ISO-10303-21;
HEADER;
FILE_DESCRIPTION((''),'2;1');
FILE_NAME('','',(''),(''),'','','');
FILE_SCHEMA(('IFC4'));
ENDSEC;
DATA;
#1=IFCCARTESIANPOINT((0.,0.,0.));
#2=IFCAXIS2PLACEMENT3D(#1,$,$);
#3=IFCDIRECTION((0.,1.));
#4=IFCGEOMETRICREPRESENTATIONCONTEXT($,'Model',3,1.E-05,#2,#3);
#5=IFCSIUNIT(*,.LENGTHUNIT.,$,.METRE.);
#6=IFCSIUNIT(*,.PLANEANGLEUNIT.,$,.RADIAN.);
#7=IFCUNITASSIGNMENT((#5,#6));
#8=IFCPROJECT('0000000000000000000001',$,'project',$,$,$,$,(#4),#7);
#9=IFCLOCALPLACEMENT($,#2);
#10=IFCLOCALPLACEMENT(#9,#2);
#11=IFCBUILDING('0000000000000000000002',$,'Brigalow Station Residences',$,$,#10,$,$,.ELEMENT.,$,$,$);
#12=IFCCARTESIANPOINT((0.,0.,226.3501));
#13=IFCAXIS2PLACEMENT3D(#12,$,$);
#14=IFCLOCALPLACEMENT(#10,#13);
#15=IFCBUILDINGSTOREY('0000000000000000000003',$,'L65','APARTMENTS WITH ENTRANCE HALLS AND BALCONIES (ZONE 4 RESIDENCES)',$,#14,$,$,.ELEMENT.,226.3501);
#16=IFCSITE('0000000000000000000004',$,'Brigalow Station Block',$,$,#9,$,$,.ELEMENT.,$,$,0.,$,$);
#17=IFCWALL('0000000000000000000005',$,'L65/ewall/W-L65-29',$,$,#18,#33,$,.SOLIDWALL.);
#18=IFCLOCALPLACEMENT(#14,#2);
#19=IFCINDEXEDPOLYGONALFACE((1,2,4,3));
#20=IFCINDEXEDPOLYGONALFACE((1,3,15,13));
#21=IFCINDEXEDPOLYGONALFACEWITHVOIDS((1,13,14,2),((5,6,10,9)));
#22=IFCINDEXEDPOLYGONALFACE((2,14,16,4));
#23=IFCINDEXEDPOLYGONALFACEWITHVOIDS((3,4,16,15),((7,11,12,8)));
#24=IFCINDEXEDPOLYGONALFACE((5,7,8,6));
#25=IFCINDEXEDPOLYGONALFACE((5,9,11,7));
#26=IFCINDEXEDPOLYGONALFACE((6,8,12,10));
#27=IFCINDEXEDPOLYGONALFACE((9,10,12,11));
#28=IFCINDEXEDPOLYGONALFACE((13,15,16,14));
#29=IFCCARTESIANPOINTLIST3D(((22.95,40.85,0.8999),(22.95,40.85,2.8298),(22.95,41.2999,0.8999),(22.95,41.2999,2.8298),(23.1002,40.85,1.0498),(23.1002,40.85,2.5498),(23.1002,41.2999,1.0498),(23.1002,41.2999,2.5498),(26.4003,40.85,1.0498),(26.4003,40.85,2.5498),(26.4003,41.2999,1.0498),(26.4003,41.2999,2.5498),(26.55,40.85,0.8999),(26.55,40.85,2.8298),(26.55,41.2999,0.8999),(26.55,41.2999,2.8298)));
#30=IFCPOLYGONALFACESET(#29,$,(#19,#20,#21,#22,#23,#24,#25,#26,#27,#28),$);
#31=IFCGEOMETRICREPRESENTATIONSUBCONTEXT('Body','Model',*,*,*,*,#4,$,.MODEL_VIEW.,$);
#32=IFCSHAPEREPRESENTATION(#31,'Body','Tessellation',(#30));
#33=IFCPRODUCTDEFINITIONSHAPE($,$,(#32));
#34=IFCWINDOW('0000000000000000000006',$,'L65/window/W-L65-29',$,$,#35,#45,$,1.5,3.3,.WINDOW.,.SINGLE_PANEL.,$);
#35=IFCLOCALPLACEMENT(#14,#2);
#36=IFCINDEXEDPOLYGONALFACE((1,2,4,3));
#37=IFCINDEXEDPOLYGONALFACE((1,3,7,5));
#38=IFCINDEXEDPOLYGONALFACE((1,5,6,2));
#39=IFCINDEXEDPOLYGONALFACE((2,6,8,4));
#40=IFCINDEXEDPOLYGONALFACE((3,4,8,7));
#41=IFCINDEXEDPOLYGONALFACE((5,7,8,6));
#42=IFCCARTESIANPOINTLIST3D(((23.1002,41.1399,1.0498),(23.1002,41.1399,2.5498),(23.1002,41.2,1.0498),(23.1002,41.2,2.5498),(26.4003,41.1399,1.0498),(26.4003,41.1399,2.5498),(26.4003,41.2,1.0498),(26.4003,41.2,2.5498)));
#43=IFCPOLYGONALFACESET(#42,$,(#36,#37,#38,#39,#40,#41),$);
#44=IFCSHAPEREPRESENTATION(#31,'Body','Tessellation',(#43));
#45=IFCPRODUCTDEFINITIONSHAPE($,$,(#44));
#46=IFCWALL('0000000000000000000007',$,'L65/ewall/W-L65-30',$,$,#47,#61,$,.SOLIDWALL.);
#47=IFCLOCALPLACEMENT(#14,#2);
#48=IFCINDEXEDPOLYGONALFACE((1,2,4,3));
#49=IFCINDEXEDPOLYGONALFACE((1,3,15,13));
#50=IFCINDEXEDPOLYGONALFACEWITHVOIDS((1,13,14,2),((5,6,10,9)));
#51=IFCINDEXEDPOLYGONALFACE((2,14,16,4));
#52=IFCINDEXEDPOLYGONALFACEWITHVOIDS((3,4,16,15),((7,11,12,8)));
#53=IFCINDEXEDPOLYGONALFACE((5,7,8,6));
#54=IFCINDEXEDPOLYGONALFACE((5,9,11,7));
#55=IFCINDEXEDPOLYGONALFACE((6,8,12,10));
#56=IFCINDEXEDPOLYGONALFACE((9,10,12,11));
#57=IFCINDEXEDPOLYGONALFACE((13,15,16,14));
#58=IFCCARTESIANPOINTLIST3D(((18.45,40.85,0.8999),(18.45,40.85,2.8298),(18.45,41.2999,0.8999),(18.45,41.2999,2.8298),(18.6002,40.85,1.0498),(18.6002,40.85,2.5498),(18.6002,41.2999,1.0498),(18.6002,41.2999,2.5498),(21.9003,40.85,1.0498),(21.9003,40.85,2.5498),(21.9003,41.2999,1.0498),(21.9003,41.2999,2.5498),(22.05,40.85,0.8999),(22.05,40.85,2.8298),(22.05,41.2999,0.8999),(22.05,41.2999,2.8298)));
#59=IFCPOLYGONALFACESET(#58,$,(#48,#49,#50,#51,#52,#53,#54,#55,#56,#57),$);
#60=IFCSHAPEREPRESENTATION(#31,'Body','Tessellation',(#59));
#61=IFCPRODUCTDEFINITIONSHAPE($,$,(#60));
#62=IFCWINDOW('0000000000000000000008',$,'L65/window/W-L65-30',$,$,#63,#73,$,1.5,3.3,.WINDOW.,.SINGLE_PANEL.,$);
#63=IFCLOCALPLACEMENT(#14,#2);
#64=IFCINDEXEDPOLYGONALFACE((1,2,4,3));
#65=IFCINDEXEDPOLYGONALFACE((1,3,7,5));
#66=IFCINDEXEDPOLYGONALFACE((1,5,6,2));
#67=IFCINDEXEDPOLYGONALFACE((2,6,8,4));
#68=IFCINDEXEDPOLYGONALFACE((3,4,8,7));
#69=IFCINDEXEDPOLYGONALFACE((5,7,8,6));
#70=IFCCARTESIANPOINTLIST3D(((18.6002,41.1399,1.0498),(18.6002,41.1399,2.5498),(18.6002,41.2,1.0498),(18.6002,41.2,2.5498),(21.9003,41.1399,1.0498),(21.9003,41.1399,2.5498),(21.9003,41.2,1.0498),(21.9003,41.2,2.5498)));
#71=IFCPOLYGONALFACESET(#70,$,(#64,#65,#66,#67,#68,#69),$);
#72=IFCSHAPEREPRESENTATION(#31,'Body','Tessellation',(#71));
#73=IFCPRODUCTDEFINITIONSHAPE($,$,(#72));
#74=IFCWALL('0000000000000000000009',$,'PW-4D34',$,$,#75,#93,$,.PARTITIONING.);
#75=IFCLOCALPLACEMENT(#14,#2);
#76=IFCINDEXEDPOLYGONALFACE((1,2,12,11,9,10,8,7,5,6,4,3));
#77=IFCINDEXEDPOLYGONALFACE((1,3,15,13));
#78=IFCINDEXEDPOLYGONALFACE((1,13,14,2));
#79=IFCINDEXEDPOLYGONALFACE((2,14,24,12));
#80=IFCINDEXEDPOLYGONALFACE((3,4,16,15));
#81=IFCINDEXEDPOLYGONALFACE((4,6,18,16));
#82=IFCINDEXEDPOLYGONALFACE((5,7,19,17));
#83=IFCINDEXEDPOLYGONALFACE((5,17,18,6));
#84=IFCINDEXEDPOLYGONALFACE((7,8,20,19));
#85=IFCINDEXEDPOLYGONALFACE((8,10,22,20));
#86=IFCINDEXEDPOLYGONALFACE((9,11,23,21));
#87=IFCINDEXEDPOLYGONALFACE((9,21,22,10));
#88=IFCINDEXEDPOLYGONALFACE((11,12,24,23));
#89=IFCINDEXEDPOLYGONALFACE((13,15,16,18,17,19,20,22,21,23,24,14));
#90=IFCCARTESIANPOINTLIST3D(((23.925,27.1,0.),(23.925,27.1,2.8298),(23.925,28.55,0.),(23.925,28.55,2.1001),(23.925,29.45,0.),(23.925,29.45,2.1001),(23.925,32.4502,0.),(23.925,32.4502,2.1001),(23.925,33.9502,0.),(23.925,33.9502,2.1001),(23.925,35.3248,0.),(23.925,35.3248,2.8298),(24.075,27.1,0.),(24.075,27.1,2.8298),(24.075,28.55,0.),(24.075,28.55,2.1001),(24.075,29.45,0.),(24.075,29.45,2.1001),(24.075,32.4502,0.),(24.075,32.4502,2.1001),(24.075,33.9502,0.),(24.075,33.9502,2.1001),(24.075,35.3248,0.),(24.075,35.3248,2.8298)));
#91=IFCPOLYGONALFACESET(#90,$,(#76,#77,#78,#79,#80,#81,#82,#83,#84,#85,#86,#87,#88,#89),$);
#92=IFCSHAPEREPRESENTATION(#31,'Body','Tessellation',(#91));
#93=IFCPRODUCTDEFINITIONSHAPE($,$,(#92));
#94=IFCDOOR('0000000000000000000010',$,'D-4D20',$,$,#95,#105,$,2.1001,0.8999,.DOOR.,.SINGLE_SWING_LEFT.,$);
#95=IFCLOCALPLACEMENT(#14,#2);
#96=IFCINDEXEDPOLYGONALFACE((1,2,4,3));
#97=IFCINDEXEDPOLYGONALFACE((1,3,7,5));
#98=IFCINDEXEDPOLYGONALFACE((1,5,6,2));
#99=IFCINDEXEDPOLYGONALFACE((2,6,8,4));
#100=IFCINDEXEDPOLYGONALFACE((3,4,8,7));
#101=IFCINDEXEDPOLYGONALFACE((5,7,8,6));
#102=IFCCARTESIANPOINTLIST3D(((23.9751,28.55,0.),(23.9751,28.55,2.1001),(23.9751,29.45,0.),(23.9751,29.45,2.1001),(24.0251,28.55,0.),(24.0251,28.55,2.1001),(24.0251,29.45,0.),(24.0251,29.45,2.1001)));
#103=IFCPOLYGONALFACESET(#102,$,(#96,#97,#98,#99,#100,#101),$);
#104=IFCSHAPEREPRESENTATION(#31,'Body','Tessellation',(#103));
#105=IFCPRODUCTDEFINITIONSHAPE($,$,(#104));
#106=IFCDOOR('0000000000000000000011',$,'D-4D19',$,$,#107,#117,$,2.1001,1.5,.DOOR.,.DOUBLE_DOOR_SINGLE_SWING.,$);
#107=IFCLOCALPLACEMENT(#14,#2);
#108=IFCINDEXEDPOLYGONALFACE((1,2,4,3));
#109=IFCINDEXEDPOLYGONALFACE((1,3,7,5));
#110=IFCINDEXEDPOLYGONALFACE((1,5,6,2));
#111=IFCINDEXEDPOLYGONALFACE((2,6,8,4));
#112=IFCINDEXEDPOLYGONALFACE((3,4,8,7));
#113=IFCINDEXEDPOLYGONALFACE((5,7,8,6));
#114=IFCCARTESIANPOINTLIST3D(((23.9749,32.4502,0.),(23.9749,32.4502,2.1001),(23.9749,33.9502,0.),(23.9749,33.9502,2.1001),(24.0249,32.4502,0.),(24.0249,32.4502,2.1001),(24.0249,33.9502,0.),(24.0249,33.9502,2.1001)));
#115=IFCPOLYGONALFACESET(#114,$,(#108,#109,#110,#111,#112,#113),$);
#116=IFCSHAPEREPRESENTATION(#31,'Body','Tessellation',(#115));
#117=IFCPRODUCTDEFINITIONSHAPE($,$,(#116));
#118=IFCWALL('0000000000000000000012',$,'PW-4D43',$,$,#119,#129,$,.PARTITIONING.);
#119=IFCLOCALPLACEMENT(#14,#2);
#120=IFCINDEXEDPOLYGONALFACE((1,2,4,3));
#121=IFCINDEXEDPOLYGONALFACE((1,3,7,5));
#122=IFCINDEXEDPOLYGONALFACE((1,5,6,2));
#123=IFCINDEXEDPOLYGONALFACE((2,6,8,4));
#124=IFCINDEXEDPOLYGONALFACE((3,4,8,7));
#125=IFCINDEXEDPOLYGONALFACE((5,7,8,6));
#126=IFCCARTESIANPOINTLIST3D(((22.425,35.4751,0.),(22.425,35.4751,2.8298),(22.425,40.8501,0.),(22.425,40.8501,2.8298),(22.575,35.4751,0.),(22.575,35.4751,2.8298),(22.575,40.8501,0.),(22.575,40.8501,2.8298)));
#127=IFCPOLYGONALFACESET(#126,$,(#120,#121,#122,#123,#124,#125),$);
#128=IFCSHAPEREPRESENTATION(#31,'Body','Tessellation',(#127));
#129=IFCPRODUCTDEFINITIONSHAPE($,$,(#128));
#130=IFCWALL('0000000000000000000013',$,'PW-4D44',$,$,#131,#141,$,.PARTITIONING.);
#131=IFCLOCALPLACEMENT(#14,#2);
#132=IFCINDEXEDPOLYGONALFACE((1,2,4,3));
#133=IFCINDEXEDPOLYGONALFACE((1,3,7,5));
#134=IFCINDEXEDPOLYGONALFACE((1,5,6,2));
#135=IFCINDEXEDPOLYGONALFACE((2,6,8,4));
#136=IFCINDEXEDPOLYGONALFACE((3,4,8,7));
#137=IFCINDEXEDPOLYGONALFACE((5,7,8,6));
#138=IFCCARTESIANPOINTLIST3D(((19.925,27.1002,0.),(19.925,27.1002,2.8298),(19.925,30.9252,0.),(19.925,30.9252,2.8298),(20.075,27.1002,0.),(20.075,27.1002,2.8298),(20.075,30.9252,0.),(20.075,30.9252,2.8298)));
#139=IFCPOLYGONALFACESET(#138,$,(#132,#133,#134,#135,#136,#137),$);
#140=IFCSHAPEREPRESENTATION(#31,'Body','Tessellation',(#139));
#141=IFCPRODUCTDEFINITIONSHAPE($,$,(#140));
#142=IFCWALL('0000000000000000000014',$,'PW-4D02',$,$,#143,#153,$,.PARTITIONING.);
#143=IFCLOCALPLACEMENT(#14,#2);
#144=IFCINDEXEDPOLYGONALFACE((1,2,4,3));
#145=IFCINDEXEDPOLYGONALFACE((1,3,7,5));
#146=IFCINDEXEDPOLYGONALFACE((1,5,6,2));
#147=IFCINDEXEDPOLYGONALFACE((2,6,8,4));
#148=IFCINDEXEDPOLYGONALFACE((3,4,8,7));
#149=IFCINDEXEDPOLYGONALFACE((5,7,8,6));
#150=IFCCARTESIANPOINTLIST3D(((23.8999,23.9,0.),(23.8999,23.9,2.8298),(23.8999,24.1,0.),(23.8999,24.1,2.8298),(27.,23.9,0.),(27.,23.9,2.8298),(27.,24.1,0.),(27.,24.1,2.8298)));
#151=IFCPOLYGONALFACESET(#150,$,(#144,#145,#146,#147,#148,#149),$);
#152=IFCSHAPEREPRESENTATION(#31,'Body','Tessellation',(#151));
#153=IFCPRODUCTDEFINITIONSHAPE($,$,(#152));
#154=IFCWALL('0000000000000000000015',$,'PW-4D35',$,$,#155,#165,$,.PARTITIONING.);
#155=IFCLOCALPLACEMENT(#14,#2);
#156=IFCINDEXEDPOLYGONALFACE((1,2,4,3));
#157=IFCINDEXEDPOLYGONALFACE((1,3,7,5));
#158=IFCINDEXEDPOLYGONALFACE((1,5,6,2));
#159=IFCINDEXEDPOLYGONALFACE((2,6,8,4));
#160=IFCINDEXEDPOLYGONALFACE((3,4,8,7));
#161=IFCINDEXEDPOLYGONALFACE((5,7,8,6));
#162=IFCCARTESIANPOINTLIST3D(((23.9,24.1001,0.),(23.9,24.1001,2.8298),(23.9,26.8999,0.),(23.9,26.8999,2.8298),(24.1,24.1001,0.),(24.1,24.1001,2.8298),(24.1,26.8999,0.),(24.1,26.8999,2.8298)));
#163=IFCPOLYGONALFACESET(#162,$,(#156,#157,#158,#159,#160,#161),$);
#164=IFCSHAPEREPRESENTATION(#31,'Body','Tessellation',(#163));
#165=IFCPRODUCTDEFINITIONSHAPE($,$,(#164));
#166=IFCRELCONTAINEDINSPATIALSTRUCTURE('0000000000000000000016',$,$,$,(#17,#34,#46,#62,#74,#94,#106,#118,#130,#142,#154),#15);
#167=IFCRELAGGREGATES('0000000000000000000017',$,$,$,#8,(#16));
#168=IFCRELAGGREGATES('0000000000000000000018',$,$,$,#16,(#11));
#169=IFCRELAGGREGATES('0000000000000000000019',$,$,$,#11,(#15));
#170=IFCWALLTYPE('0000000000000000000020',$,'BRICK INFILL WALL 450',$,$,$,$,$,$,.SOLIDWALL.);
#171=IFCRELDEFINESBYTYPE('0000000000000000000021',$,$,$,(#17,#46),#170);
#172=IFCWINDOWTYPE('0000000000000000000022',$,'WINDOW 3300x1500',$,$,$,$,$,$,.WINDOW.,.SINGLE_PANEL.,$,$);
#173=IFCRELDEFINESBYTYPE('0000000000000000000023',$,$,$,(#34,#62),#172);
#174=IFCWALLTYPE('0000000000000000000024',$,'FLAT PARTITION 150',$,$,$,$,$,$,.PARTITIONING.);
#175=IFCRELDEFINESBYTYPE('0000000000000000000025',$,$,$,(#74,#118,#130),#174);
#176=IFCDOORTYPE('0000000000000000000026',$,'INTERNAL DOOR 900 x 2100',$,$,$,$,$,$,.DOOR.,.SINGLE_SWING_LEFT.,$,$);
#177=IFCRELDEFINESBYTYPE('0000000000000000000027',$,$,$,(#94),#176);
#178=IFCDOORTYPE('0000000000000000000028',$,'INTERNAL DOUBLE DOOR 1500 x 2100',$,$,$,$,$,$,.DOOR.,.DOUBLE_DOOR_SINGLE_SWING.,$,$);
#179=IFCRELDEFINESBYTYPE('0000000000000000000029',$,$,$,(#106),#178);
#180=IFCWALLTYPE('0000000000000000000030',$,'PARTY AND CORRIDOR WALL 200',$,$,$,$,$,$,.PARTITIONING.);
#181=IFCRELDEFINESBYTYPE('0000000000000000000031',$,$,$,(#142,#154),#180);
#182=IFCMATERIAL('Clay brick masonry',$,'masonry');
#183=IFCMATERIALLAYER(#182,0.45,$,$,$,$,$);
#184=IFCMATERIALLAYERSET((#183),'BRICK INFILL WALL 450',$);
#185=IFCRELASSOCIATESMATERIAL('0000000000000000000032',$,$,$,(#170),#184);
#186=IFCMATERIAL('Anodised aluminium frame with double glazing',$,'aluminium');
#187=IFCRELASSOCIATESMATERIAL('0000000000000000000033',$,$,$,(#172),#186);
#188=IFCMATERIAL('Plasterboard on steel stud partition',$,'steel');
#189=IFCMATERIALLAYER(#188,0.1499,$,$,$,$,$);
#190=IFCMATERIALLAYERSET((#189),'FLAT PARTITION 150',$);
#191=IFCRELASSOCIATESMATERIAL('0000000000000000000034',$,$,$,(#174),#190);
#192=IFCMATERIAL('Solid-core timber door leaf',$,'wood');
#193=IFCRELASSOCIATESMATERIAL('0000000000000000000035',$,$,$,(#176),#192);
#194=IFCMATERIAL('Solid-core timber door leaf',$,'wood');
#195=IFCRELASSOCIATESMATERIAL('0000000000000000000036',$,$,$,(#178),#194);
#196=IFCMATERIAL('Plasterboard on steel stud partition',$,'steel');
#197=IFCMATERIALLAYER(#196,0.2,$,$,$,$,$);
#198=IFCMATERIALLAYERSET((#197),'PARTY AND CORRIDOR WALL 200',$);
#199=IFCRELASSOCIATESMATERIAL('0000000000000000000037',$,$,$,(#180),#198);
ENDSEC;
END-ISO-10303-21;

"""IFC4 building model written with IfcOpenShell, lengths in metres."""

from ifc_helpers import new_model, si_unit, direction, frame, frame_2d, origin, place, context, subcontext, project, spatial, rectangle, extrude, material, layer, layer_set, type_object, element, fill, save


model = new_model("IFC4")

# Units and contexts
model_context = context("Model", 3, precision=1e-05, world=origin(), true_north=direction((0.0, 1.0)))
body_context = subcontext(model_context, "Body", "Model", "MODEL_VIEW")
ifc_project = project(units=[si_unit("LENGTHUNIT", "METRE"), si_unit("PLANEANGLEUNIT", "RADIAN")], contexts=[model_context])

# Site, building, storey
site_placement = place(None, origin())
site = spatial("IfcSite", under=ifc_project, at=site_placement, Name="Brigalow Station Block", CompositionType="ELEMENT", RefElevation=0.0)
building_placement = place(site_placement, origin())
building = spatial("IfcBuilding", under=site, at=building_placement, Name="Brigalow Station Residences", CompositionType="ELEMENT")
storey_placement = place(building_placement, frame((0.0, 0.0, 226.3501)))
storey = spatial("IfcBuildingStorey", under=building, at=storey_placement, Name="L65", Description="APARTMENTS WITH ENTRANCE HALLS AND BALCONIES (ZONE 4 RESIDENCES)", CompositionType="ELEMENT", Elevation=226.3501)

# Walls, openings, windows
ifc_material_1 = material(Name="Clay brick masonry", Category="masonry")
ifc_layer_1 = layer(ifc_material_1, 0.45)
ifc_layer_set_1 = layer_set([ifc_layer_1], Name="BRICK INFILL WALL 450")
wall_type_1 = type_object("IfcWallType", Name="BRICK INFILL WALL 450", PredefinedType="SOLIDWALL", material=ifc_layer_set_1)
wall_1_placement = place(storey_placement, frame((26.55, 41.075, 0.8999), z_axis=(0.0, 0.0, 1.0), x_axis=(-1.0, 0.0, 0.0)))
wall_1 = element("IfcWall", 1, at=wall_1_placement, inside=storey, type_object=wall_type_1, Name="L65/ewall/W-L65-29", PredefinedType="SOLIDWALL", context=body_context, shape_type="SweptSolid", body=[
    extrude(rectangle(XDim=3.6001, YDim=0.45, at=frame_2d((1.8, 0.0))), origin(), (0.0, 0.0, 1.0), 1.9299),
])
opening_1_placement = place(wall_1_placement, frame((0.1499, 0.0, 0.1499)))
opening_1 = element("IfcOpeningElement", 2, at=opening_1_placement, cuts=wall_1, PredefinedType="OPENING", context=body_context, shape_type="SweptSolid", body=[
    extrude(rectangle(XDim=3.3, YDim=1.5, at=frame_2d((1.6499, 0.75))), frame((0.0, 0.2349, 0.0), z_axis=(0.0, -1.0, 0.0), x_axis=(1.0, 0.0, 0.0)), (0.0, 0.0, 1.0), 0.47),
])
ifc_material_2 = material(Name="Anodised aluminium frame with double glazing", Category="aluminium")
window_type = type_object("IfcWindowType", Name="WINDOW 3300x1500", PartitioningType="SINGLE_PANEL", PredefinedType="WINDOW", material=ifc_material_2)
window_1_placement = place(opening_1_placement, origin())
window_1 = element("IfcWindow", 3, at=window_1_placement, inside=storey, type_object=window_type, Name="L65/window/W-L65-29", OverallHeight=1.5, OverallWidth=3.3, PartitioningType="SINGLE_PANEL", PredefinedType="WINDOW", context=body_context, shape_type="SweptSolid", body=[
    extrude(rectangle(XDim=3.3, YDim=1.5, at=frame_2d((1.6499, 0.75))), frame((0.0, -0.0649, 0.0), z_axis=(0.0, -1.0, 0.0), x_axis=(1.0, 0.0, 0.0)), (0.0, 0.0, 1.0), 0.0601),
])
fill(opening_1, window_1)
wall_2_placement = place(storey_placement, frame((22.05, 41.075, 0.8999), z_axis=(0.0, 0.0, 1.0), x_axis=(-1.0, 0.0, 0.0)))
wall_2 = element("IfcWall", 4, at=wall_2_placement, inside=storey, type_object=wall_type_1, Name="L65/ewall/W-L65-30", PredefinedType="SOLIDWALL", context=body_context, shape_type="SweptSolid", body=[
    extrude(rectangle(XDim=3.6001, YDim=0.45, at=frame_2d((1.8, 0.0))), origin(), (0.0, 0.0, 1.0), 1.9299),
])
opening_2_placement = place(wall_2_placement, frame((0.1499, 0.0, 0.1499)))
opening_2 = element("IfcOpeningElement", 5, at=opening_2_placement, cuts=wall_2, PredefinedType="OPENING", context=body_context, shape_type="SweptSolid", body=[
    extrude(rectangle(XDim=3.3, YDim=1.5, at=frame_2d((1.6499, 0.75))), frame((0.0, 0.2349, 0.0), z_axis=(0.0, -1.0, 0.0), x_axis=(1.0, 0.0, 0.0)), (0.0, 0.0, 1.0), 0.47),
])
window_2_placement = place(opening_2_placement, origin())
window_2 = element("IfcWindow", 6, at=window_2_placement, inside=storey, type_object=window_type, Name="L65/window/W-L65-30", OverallHeight=1.5, OverallWidth=3.3, PartitioningType="SINGLE_PANEL", PredefinedType="WINDOW", context=body_context, shape_type="SweptSolid", body=[
    extrude(rectangle(XDim=3.3, YDim=1.5, at=frame_2d((1.6499, 0.75))), frame((0.0, -0.0649, 0.0), z_axis=(0.0, -1.0, 0.0), x_axis=(1.0, 0.0, 0.0)), (0.0, 0.0, 1.0), 0.0601),
])
fill(opening_2, window_2)

# Wall, openings, doors
ifc_material_3 = material(Name="Plasterboard on steel stud partition", Category="steel")
ifc_layer_2 = layer(ifc_material_3, 0.1499)
ifc_layer_set_2 = layer_set([ifc_layer_2], Name="FLAT PARTITION 150")
wall_type_2 = type_object("IfcWallType", Name="FLAT PARTITION 150", PredefinedType="PARTITIONING", material=ifc_layer_set_2)
wall_3_placement = place(storey_placement, frame((24.0, 27.1001, 0.0), z_axis=(0.0, 0.0, 1.0), x_axis=(0.0, 1.0, 0.0)))
wall_3 = element("IfcWall", 7, at=wall_3_placement, inside=storey, type_object=wall_type_2, Name="PW-4D34", PredefinedType="PARTITIONING", context=body_context, shape_type="SweptSolid", body=[
    extrude(rectangle(XDim=8.2249, YDim=0.1499, at=frame_2d((4.1123, 0.0))), origin(), (0.0, 0.0, 1.0), 2.8298),
])
opening_3_placement = place(wall_3_placement, frame((5.3501, 0.0, 0.0)))
opening_3 = element("IfcOpeningElement", 8, at=opening_3_placement, cuts=wall_3, PredefinedType="OPENING", context=body_context, shape_type="SweptSolid", body=[
    extrude(rectangle(XDim=1.5, YDim=2.1001, at=frame_2d((0.75, 1.05))), frame((0.0, 0.085, 0.0), z_axis=(0.0, -1.0, 0.0), x_axis=(1.0, 0.0, 0.0)), (0.0, 0.0, 1.0), 0.1699),
])
opening_4_placement = place(wall_3_placement, frame((1.45, 0.0, 0.0)))
opening_4 = element("IfcOpeningElement", 9, at=opening_4_placement, cuts=wall_3, PredefinedType="OPENING", context=body_context, shape_type="SweptSolid", body=[
    extrude(rectangle(XDim=0.8999, YDim=2.1001, at=frame_2d((0.45, 1.05))), frame((0.0, 0.085, 0.0), z_axis=(0.0, -1.0, 0.0), x_axis=(1.0, 0.0, 0.0)), (0.0, 0.0, 1.0), 0.1699),
])
ifc_material_4 = material(Name="Solid-core timber door leaf", Category="wood")
door_type_1 = type_object("IfcDoorType", Name="INTERNAL DOOR 900 x 2100", OperationType="SINGLE_SWING_LEFT", PredefinedType="DOOR", material=ifc_material_4)
door_1_placement = place(opening_4_placement, origin())
door_1 = element("IfcDoor", 10, at=door_1_placement, inside=storey, type_object=door_type_1, Name="D-4D20", OperationType="SINGLE_SWING_LEFT", OverallHeight=2.1001, OverallWidth=0.8999, PredefinedType="DOOR", context=body_context, shape_type="SweptSolid", body=[
    extrude(rectangle(XDim=0.8999, YDim=2.1001, at=frame_2d((0.45, 1.05))), frame((0.0, 0.0249, 0.0), z_axis=(0.0, -1.0, 0.0), x_axis=(1.0, 0.0, 0.0)), (0.0, 0.0, 1.0), 0.05),
])
fill(opening_4, door_1)
ifc_material_5 = material(Name="Solid-core timber door leaf", Category="wood")
door_type_2 = type_object("IfcDoorType", Name="INTERNAL DOUBLE DOOR 1500 x 2100", OperationType="DOUBLE_DOOR_SINGLE_SWING", PredefinedType="DOOR", material=ifc_material_5)
door_2_placement = place(opening_3_placement, frame((1.5, 0.0, 0.0), z_axis=(0.0, 0.0, 1.0), x_axis=(-1.0, 0.0, 0.0)))
door_2 = element("IfcDoor", 11, at=door_2_placement, inside=storey, type_object=door_type_2, Name="D-4D19", OperationType="DOUBLE_DOOR_SINGLE_SWING", OverallHeight=2.1001, OverallWidth=1.5, PredefinedType="DOOR", context=body_context, shape_type="SweptSolid", body=[
    extrude(rectangle(XDim=1.5, YDim=2.1001, at=frame_2d((0.75, 1.05))), frame((0.0, 0.0249, 0.0), z_axis=(0.0, -1.0, 0.0), x_axis=(1.0, 0.0, 0.0)), (0.0, 0.0, 1.0), 0.05),
])
fill(opening_3, door_2)

# Walls
wall_4_placement = place(storey_placement, frame((22.5, 35.4751, 0.0), z_axis=(0.0, 0.0, 1.0), x_axis=(0.0, 1.0, 0.0)))
element("IfcWall", 12, at=wall_4_placement, inside=storey, type_object=wall_type_2, Name="PW-4D43", PredefinedType="PARTITIONING", context=body_context, shape_type="SweptSolid", body=[
    extrude(rectangle(XDim=5.375, YDim=0.1499, at=frame_2d((2.6875, 0.0))), origin(), (0.0, 0.0, 1.0), 2.8298),
])
wall_5_placement = place(storey_placement, frame((20.0, 27.1001, 0.0), z_axis=(0.0, 0.0, 1.0), x_axis=(0.0, 1.0, 0.0)))
element("IfcWall", 13, at=wall_5_placement, inside=storey, type_object=wall_type_2, Name="PW-4D44", PredefinedType="PARTITIONING", context=body_context, shape_type="SweptSolid", body=[
    extrude(rectangle(XDim=3.825, YDim=0.1499, at=frame_2d((1.9126, 0.0))), origin(), (0.0, 0.0, 1.0), 2.8298),
])
ifc_material_6 = material(Name="Plasterboard on steel stud partition", Category="steel")
ifc_layer_3 = layer(ifc_material_6, 0.2)
ifc_layer_set_3 = layer_set([ifc_layer_3], Name="PARTY AND CORRIDOR WALL 200")
wall_type_3 = type_object("IfcWallType", Name="PARTY AND CORRIDOR WALL 200", PredefinedType="PARTITIONING", material=ifc_layer_set_3)
wall_6_placement = place(storey_placement, frame((23.8999, 24.0, 0.0), z_axis=(0.0, 0.0, 1.0), x_axis=(1.0, 0.0, 0.0)))
element("IfcWall", 14, at=wall_6_placement, inside=storey, type_object=wall_type_3, Name="PW-4D02", PredefinedType="PARTITIONING", context=body_context, shape_type="SweptSolid", body=[
    extrude(rectangle(XDim=3.1001, YDim=0.2, at=frame_2d((1.55, 0.0))), origin(), (0.0, 0.0, 1.0), 2.8298),
])
wall_7_placement = place(storey_placement, frame((24.0, 24.1001, 0.0), z_axis=(0.0, 0.0, 1.0), x_axis=(0.0, 1.0, 0.0)))
element("IfcWall", 15, at=wall_7_placement, inside=storey, type_object=wall_type_3, Name="PW-4D35", PredefinedType="PARTITIONING", context=body_context, shape_type="SweptSolid", body=[
    extrude(rectangle(XDim=2.7998, YDim=0.2, at=frame_2d((1.3999, 0.0))), origin(), (0.0, 0.0, 1.0), 2.8298),
])

save(model, "model.ifc")
